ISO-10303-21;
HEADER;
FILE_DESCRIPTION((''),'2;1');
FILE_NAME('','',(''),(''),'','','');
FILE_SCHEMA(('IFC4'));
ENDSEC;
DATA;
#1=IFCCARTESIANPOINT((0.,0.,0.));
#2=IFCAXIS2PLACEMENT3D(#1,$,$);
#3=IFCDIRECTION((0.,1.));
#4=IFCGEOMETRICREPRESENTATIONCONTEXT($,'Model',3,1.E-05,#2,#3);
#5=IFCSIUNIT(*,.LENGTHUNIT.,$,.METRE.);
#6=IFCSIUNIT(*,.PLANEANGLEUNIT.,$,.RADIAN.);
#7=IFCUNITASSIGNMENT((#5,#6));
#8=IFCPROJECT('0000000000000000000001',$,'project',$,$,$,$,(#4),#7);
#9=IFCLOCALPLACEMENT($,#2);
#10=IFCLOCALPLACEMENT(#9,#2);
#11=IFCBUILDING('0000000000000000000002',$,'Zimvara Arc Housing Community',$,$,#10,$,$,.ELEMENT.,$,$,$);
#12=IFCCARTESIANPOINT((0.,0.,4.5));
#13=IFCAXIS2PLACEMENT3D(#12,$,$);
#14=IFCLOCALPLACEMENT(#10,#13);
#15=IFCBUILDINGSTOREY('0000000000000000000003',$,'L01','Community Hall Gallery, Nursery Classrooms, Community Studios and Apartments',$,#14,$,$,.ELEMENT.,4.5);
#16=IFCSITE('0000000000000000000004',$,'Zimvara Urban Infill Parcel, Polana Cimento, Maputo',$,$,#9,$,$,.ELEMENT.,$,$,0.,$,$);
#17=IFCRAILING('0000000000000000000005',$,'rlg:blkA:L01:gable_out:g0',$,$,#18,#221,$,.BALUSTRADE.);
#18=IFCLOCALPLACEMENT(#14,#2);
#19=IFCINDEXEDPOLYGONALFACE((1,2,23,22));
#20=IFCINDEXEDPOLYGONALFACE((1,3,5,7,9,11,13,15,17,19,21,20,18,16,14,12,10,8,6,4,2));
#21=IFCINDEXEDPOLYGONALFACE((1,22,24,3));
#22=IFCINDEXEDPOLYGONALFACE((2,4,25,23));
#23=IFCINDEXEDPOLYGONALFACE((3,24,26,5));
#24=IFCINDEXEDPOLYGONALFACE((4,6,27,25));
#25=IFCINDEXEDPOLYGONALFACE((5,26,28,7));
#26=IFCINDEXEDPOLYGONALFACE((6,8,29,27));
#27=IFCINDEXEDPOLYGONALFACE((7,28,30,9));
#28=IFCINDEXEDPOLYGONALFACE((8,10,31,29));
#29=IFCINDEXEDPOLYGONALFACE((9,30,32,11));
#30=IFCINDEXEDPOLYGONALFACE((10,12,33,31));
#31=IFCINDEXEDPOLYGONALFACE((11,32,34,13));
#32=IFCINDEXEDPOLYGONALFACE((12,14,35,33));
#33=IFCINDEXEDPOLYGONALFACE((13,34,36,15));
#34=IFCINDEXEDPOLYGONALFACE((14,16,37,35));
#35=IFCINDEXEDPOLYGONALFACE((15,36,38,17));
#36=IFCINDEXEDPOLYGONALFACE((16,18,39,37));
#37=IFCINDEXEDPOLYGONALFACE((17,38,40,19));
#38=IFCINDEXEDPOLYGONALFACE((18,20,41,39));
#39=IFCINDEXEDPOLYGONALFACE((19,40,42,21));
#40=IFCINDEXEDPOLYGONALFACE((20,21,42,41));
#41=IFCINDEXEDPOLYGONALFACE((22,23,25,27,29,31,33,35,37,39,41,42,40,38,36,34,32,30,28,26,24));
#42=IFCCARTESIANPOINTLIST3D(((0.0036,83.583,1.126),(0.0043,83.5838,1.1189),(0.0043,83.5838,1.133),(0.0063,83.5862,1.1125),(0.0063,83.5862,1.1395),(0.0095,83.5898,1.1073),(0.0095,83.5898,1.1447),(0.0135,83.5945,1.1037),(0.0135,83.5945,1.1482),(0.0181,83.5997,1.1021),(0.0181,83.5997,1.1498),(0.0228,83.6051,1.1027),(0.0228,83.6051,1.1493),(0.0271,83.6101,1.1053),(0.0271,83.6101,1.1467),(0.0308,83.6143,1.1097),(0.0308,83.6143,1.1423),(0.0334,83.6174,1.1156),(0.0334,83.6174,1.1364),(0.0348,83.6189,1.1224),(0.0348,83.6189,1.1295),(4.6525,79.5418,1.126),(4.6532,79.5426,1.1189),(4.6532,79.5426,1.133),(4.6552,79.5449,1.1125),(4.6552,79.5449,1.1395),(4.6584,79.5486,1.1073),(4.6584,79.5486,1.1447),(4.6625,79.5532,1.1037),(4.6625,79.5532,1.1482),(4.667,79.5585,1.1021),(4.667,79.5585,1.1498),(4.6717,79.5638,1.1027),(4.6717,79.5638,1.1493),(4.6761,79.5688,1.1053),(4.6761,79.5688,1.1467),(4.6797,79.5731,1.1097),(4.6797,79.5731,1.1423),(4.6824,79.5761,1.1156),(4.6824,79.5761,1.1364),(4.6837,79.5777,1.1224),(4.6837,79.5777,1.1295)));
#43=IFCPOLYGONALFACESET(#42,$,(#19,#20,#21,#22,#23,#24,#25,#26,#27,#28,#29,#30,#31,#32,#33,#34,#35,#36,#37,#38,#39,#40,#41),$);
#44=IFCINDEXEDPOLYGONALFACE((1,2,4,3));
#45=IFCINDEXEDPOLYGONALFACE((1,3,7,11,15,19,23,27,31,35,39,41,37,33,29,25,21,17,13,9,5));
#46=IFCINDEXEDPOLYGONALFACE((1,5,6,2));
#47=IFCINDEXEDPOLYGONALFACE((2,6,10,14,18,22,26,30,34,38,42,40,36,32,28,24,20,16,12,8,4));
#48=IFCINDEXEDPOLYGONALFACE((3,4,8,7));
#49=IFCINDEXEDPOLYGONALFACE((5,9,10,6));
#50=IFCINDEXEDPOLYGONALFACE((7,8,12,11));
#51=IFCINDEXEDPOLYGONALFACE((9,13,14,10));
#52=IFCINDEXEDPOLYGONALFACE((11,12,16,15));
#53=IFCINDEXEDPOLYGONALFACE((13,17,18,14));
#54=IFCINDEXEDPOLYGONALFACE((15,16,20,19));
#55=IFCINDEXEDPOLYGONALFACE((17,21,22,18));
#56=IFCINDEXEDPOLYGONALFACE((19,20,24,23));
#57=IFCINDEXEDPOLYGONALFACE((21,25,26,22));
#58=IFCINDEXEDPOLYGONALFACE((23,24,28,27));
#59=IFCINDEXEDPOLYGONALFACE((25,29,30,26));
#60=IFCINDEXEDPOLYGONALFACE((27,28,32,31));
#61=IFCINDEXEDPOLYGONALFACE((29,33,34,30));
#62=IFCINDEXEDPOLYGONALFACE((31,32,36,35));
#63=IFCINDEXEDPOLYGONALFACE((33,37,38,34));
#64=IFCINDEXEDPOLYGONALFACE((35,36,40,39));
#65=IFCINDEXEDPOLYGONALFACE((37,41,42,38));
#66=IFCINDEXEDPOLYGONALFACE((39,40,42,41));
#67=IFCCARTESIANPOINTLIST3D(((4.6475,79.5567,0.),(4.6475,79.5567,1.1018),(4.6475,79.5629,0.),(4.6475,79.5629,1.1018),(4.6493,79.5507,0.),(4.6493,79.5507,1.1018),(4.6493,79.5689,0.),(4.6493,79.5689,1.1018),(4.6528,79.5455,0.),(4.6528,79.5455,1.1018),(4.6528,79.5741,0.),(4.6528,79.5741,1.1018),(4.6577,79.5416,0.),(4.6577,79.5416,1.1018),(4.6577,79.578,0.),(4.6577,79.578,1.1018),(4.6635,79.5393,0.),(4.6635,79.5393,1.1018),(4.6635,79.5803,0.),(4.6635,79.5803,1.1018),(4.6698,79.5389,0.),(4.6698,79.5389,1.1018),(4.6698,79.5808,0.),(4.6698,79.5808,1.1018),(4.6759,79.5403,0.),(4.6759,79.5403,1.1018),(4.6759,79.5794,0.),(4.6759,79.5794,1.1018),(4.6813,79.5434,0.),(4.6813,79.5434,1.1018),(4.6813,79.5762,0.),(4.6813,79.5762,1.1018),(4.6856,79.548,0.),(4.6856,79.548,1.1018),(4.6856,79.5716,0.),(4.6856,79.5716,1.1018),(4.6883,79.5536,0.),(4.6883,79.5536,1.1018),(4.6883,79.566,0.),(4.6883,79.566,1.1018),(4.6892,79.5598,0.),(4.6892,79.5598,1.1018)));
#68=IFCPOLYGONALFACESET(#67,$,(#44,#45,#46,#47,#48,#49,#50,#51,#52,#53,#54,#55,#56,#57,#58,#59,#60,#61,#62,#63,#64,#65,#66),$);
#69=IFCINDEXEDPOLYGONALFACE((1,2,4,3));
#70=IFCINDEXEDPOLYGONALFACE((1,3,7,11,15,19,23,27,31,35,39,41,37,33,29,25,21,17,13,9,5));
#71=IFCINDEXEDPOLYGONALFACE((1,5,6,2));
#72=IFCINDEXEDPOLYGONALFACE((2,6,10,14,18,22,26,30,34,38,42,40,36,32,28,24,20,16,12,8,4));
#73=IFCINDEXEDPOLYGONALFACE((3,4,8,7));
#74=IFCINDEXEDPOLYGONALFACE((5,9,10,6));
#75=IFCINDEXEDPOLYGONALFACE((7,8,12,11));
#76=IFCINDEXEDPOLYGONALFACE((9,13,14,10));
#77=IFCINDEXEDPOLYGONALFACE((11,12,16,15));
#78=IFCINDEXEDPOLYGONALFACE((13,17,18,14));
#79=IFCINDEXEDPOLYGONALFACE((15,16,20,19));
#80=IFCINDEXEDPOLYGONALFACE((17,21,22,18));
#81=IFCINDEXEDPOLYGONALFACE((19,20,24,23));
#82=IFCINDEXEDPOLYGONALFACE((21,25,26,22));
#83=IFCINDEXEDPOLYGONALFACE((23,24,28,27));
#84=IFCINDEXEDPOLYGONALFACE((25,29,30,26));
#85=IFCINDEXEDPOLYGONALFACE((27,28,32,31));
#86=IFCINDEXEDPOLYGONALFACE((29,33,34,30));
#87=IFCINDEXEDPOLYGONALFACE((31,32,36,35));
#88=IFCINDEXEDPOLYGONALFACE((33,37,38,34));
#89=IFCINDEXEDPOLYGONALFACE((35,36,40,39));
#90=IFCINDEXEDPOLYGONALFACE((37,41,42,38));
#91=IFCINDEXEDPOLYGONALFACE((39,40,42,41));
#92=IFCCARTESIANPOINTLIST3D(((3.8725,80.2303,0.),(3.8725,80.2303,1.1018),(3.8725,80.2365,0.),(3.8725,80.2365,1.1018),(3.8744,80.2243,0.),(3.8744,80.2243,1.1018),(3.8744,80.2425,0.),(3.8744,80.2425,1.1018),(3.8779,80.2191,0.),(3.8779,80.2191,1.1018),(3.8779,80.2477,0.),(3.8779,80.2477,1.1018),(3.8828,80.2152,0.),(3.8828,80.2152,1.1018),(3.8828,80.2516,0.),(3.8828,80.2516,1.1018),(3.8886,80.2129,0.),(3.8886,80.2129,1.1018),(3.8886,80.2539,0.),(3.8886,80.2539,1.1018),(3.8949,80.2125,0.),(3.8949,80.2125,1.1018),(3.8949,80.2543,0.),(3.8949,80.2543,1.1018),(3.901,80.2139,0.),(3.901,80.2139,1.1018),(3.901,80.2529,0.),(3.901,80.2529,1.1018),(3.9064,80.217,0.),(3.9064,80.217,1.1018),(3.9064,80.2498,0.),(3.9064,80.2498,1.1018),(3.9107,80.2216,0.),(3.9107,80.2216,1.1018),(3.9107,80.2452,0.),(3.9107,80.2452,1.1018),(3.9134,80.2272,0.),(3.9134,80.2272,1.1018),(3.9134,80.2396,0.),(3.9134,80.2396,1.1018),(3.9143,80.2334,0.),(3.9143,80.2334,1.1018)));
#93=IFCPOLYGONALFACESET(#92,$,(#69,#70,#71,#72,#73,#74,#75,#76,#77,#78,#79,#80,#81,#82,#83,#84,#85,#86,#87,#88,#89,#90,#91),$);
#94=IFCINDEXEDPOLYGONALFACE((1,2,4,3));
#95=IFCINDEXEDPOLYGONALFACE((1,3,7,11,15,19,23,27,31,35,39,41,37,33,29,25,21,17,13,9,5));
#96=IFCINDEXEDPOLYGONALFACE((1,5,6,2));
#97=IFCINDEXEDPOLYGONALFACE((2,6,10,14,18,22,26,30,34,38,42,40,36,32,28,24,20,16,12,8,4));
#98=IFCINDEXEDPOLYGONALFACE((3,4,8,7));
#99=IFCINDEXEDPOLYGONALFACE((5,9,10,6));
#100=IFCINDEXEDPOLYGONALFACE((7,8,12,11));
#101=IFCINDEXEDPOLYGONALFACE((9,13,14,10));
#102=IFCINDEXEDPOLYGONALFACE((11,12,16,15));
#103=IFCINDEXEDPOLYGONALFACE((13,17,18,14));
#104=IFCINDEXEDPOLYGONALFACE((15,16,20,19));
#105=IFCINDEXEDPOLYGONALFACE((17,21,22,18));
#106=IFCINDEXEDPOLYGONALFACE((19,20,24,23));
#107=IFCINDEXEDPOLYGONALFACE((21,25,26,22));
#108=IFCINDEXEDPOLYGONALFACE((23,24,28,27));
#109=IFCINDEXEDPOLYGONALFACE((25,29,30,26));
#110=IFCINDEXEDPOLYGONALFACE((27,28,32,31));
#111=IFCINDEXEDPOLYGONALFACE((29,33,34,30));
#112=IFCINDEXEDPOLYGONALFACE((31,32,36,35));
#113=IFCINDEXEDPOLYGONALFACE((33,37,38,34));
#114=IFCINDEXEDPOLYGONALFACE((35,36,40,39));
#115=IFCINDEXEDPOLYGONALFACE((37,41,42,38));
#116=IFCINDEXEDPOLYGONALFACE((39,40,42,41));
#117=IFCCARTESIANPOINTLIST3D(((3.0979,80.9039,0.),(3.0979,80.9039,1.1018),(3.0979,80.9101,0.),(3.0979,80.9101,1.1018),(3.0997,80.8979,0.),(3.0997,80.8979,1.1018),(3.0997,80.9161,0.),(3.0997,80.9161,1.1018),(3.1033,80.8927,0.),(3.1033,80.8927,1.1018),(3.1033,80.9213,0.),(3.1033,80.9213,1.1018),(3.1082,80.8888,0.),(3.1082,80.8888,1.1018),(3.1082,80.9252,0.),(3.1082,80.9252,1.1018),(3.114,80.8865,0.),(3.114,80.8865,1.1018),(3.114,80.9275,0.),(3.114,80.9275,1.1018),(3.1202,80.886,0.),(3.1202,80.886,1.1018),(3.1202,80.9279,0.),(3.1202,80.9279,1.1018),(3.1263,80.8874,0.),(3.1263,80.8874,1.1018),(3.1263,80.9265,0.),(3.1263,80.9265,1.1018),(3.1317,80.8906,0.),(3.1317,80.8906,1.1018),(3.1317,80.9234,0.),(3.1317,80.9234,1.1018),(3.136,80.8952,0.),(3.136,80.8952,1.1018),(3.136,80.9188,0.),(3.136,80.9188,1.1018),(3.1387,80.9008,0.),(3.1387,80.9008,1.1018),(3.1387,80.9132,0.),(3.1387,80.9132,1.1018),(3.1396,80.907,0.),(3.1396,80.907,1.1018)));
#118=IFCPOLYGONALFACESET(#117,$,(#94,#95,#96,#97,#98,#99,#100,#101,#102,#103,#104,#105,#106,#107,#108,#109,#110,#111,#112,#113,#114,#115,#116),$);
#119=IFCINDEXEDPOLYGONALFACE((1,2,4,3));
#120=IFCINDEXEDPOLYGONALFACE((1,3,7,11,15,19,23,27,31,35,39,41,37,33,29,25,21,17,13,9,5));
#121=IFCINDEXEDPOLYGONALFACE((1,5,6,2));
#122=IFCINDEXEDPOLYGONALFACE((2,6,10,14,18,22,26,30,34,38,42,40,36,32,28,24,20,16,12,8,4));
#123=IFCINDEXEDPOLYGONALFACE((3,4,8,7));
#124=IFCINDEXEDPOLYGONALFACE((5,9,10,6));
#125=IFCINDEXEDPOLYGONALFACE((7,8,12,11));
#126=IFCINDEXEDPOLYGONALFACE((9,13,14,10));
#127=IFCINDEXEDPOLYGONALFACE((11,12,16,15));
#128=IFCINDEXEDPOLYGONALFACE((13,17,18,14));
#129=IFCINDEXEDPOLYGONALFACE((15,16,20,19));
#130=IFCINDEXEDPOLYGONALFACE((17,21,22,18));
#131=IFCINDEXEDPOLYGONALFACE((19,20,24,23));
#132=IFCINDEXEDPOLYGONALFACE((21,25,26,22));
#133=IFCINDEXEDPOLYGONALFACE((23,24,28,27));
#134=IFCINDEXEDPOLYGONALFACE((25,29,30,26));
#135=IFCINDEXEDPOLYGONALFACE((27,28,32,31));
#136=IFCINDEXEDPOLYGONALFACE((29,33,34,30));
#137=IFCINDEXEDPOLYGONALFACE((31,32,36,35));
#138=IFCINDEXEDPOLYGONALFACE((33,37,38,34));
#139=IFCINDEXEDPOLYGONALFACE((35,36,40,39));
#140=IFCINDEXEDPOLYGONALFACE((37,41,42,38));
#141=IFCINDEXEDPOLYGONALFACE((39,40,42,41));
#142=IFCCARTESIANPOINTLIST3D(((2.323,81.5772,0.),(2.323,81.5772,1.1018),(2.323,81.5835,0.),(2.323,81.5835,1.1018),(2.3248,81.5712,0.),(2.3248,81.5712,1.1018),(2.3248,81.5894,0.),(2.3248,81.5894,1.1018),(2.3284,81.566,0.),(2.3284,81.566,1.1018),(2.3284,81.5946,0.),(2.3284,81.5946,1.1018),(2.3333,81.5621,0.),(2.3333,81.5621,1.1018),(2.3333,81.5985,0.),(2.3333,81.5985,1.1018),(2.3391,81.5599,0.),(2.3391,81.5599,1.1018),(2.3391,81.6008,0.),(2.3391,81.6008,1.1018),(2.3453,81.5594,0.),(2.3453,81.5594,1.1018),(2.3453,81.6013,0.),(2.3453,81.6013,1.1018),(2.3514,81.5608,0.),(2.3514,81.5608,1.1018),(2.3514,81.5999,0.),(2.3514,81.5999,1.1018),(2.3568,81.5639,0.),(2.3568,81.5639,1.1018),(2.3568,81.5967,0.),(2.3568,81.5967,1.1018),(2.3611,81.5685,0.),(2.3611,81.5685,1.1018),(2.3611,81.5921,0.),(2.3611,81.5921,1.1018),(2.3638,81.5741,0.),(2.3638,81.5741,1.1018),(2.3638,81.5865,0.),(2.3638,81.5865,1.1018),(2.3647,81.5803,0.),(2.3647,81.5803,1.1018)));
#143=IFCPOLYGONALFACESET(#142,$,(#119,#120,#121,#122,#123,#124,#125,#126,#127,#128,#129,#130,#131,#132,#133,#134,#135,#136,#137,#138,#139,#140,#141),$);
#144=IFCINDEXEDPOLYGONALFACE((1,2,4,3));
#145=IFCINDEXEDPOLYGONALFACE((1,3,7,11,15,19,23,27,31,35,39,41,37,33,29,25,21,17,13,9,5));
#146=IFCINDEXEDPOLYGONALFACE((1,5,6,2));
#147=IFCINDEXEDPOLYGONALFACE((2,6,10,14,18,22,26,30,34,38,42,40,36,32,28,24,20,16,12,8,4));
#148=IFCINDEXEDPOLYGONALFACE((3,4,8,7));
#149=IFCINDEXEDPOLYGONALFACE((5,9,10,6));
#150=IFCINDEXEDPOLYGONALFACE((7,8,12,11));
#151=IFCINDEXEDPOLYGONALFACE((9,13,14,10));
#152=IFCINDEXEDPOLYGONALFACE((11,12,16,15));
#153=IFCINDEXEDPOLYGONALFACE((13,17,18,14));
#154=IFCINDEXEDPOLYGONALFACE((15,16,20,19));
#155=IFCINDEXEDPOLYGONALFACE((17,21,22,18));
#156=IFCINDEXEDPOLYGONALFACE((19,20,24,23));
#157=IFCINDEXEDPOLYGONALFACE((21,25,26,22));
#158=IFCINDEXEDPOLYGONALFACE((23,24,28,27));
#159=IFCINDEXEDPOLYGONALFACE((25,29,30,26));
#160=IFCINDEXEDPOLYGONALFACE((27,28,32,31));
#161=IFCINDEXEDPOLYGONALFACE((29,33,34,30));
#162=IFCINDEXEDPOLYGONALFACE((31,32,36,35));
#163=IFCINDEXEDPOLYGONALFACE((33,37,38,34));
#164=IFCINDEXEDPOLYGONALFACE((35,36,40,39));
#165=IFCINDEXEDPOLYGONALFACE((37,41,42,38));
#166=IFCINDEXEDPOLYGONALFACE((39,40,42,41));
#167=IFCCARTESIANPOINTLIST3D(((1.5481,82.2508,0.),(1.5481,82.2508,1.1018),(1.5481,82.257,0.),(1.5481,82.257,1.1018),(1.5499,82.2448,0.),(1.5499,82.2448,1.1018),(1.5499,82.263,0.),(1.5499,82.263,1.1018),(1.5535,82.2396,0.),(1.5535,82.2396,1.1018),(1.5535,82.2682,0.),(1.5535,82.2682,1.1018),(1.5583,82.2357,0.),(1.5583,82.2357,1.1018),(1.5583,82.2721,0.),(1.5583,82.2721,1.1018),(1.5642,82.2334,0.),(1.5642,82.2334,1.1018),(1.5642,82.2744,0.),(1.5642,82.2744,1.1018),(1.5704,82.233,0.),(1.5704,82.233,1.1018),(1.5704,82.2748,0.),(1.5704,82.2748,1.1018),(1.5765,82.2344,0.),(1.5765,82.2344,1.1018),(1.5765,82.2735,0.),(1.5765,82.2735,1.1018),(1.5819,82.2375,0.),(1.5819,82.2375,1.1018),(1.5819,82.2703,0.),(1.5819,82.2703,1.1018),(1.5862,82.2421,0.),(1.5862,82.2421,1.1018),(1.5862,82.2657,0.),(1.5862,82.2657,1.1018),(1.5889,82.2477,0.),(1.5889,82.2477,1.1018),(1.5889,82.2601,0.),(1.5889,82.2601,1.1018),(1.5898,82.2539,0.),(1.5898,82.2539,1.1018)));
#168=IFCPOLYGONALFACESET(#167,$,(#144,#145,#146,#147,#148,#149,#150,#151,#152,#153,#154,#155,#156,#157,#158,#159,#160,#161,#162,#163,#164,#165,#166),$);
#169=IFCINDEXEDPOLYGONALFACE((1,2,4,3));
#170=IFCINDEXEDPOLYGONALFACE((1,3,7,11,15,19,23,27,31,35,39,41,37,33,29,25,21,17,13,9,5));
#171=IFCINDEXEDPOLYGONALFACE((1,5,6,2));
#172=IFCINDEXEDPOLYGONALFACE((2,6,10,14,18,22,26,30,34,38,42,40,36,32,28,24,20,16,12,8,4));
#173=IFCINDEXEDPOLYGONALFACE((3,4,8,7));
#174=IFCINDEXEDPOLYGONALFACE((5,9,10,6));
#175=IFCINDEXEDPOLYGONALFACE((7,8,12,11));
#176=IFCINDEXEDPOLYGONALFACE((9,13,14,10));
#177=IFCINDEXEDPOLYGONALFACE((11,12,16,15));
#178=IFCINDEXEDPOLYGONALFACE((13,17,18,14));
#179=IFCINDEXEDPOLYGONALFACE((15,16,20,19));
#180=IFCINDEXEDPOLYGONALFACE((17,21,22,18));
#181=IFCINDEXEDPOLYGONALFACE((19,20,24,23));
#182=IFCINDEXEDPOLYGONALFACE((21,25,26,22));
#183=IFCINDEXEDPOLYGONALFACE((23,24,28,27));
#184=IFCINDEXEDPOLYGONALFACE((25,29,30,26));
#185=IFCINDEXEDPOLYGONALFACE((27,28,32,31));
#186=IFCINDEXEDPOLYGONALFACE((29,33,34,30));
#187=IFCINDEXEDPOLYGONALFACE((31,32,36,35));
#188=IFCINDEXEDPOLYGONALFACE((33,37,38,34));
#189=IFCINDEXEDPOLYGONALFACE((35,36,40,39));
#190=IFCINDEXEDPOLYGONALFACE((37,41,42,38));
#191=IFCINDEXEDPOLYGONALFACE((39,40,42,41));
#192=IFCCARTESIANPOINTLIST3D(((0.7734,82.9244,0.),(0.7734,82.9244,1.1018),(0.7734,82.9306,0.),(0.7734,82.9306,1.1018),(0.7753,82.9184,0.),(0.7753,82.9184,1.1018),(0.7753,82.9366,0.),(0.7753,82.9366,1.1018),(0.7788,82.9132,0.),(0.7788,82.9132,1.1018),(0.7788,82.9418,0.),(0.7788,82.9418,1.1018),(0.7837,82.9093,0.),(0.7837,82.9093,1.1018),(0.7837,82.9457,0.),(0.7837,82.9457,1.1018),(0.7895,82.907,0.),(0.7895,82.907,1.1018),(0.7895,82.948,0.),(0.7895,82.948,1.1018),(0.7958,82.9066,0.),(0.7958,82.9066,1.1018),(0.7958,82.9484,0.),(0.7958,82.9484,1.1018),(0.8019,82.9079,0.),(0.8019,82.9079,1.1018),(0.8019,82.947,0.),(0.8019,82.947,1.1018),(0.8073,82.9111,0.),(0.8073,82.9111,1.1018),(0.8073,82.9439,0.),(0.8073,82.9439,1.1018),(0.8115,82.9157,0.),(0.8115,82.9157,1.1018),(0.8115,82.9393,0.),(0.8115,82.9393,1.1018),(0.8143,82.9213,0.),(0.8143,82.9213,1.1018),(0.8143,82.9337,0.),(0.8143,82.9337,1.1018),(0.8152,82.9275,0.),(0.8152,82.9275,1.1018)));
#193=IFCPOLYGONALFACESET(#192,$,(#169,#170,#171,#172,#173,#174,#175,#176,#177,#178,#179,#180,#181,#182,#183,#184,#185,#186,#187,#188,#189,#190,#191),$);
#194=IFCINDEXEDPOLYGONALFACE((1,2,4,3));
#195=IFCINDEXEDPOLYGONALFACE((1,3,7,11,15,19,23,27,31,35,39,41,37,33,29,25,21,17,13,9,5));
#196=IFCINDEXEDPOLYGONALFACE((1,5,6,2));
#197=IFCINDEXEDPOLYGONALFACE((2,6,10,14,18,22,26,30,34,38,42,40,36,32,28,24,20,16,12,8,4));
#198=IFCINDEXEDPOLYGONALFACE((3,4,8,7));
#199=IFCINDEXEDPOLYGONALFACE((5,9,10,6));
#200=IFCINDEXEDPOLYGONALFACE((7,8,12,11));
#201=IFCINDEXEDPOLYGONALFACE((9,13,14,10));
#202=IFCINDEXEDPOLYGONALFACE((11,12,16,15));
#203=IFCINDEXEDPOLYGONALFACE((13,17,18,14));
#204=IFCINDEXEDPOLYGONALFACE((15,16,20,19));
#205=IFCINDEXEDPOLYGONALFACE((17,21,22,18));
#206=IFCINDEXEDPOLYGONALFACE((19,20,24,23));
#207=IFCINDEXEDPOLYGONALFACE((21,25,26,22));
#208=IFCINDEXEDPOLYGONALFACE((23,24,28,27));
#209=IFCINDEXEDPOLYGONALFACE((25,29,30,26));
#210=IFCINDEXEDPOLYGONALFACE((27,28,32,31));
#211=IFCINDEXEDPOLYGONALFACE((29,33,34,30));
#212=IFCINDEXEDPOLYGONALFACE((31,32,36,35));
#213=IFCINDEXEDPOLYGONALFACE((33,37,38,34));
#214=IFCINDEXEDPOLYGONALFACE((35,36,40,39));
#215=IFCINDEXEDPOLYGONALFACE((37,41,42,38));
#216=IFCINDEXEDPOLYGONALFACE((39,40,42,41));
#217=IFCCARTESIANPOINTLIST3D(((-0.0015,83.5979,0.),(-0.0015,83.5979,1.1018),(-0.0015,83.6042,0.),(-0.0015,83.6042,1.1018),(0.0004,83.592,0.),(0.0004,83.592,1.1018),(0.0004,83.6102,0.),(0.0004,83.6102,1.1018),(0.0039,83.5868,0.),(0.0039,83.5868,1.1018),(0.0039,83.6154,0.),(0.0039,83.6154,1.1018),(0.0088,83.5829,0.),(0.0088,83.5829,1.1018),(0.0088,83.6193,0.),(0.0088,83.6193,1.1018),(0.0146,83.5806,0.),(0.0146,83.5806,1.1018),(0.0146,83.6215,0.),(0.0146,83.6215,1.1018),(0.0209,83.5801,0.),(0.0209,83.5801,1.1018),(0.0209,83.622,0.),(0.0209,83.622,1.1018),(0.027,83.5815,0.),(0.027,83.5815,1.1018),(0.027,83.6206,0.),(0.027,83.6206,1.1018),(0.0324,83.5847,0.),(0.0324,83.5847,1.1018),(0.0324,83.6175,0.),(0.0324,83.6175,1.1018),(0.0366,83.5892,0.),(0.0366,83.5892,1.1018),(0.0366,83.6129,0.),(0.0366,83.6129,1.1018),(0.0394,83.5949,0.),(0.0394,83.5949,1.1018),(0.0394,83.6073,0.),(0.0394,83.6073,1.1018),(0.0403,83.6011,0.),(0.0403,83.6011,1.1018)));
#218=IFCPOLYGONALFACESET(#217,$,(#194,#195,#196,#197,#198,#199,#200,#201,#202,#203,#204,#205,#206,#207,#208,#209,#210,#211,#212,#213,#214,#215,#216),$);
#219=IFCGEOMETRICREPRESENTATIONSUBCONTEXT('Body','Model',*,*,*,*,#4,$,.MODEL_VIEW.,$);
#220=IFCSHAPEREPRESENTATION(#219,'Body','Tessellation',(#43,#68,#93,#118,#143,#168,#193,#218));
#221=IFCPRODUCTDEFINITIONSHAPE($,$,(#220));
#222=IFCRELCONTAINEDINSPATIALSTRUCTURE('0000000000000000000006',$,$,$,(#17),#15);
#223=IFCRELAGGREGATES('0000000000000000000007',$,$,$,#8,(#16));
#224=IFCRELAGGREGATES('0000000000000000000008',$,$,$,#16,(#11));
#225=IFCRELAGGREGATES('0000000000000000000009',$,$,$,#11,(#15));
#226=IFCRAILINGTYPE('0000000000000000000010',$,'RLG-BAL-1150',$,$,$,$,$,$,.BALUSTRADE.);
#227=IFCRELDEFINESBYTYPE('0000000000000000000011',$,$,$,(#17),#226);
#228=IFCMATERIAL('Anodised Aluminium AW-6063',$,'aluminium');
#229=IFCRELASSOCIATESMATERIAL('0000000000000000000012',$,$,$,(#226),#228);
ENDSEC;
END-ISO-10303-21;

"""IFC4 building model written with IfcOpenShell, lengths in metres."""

from ifc_helpers import new_model, si_unit, direction, frame, origin, origin_2d, place, context, subcontext, project, spatial, circle, extrude, material, type_object, element, save


model = new_model("IFC4")

# Units and contexts
model_context = context("Model", 3, precision=1e-05, world=origin(), true_north=direction((0.0, 1.0)))
body_context = subcontext(model_context, "Body", "Model", "MODEL_VIEW")
ifc_project = project(units=[si_unit("LENGTHUNIT", "METRE"), si_unit("PLANEANGLEUNIT", "RADIAN")], contexts=[model_context])

# Site, building, storey
site_placement = place(None, origin())
site = spatial("IfcSite", under=ifc_project, at=site_placement, Name="Zimvara Urban Infill Parcel, Polana Cimento, Maputo", CompositionType="ELEMENT", RefElevation=0.0)
building_placement = place(site_placement, origin())
building = spatial("IfcBuilding", under=site, at=building_placement, Name="Zimvara Arc Housing Community", CompositionType="ELEMENT")
storey_placement = place(building_placement, frame((0.0, 0.0, 4.5)))
storey = spatial("IfcBuildingStorey", under=building, at=storey_placement, Name="L01", Description="Community Hall Gallery, Nursery Classrooms, Community Studios and Apartments", CompositionType="ELEMENT", Elevation=4.5)

# Railing
ifc_material_1 = material(Name="Anodised Aluminium AW-6063", Category="aluminium")
railing_type = type_object("IfcRailingType", Name="RLG-BAL-1150", PredefinedType="BALUSTRADE", material=ifc_material_1)
railing_placement = place(storey_placement, frame((4.6682, 79.5598, 0.0)))
element("IfcRailing", 1, at=railing_placement, inside=storey, type_object=railing_type, Name="rlg:blkA:L01:gable_out:g0", PredefinedType="BALUSTRADE", context=body_context, shape_type="SweptSolid", body=[
    extrude(circle(Radius=0.0239, at=origin_2d()), frame((0.0, 0.0, 1.126), z_axis=(-0.754709, 0.65606, 0.0), x_axis=(-0.65606, -0.754709, 0.0)), (0.0, 0.0, 1.0), 6.1599),
    extrude(circle(Radius=0.021, at=origin_2d()), origin(), (0.0, 0.0, 1.0), 1.1018),
    extrude(circle(Radius=0.021, at=origin_2d()), frame((-0.7749, 0.6736, 0.0)), (0.0, 0.0, 1.0), 1.1018),
    extrude(circle(Radius=0.021, at=origin_2d()), frame((-1.5496, 1.3472, 0.0)), (0.0, 0.0, 1.0), 1.1018),
    extrude(circle(Radius=0.021, at=origin_2d()), frame((-2.3245, 2.0205, 0.0)), (0.0, 0.0, 1.0), 1.1018),
    extrude(circle(Radius=0.021, at=origin_2d()), frame((-3.0994, 2.6941, 0.0)), (0.0, 0.0, 1.0), 1.1018),
    extrude(circle(Radius=0.021, at=origin_2d()), frame((-3.874, 3.3677, 0.0)), (0.0, 0.0, 1.0), 1.1018),
    extrude(circle(Radius=0.021, at=origin_2d()), frame((-4.6489, 4.0413, 0.0)), (0.0, 0.0, 1.0), 1.1018),
])

save(model, "model.ifc")
